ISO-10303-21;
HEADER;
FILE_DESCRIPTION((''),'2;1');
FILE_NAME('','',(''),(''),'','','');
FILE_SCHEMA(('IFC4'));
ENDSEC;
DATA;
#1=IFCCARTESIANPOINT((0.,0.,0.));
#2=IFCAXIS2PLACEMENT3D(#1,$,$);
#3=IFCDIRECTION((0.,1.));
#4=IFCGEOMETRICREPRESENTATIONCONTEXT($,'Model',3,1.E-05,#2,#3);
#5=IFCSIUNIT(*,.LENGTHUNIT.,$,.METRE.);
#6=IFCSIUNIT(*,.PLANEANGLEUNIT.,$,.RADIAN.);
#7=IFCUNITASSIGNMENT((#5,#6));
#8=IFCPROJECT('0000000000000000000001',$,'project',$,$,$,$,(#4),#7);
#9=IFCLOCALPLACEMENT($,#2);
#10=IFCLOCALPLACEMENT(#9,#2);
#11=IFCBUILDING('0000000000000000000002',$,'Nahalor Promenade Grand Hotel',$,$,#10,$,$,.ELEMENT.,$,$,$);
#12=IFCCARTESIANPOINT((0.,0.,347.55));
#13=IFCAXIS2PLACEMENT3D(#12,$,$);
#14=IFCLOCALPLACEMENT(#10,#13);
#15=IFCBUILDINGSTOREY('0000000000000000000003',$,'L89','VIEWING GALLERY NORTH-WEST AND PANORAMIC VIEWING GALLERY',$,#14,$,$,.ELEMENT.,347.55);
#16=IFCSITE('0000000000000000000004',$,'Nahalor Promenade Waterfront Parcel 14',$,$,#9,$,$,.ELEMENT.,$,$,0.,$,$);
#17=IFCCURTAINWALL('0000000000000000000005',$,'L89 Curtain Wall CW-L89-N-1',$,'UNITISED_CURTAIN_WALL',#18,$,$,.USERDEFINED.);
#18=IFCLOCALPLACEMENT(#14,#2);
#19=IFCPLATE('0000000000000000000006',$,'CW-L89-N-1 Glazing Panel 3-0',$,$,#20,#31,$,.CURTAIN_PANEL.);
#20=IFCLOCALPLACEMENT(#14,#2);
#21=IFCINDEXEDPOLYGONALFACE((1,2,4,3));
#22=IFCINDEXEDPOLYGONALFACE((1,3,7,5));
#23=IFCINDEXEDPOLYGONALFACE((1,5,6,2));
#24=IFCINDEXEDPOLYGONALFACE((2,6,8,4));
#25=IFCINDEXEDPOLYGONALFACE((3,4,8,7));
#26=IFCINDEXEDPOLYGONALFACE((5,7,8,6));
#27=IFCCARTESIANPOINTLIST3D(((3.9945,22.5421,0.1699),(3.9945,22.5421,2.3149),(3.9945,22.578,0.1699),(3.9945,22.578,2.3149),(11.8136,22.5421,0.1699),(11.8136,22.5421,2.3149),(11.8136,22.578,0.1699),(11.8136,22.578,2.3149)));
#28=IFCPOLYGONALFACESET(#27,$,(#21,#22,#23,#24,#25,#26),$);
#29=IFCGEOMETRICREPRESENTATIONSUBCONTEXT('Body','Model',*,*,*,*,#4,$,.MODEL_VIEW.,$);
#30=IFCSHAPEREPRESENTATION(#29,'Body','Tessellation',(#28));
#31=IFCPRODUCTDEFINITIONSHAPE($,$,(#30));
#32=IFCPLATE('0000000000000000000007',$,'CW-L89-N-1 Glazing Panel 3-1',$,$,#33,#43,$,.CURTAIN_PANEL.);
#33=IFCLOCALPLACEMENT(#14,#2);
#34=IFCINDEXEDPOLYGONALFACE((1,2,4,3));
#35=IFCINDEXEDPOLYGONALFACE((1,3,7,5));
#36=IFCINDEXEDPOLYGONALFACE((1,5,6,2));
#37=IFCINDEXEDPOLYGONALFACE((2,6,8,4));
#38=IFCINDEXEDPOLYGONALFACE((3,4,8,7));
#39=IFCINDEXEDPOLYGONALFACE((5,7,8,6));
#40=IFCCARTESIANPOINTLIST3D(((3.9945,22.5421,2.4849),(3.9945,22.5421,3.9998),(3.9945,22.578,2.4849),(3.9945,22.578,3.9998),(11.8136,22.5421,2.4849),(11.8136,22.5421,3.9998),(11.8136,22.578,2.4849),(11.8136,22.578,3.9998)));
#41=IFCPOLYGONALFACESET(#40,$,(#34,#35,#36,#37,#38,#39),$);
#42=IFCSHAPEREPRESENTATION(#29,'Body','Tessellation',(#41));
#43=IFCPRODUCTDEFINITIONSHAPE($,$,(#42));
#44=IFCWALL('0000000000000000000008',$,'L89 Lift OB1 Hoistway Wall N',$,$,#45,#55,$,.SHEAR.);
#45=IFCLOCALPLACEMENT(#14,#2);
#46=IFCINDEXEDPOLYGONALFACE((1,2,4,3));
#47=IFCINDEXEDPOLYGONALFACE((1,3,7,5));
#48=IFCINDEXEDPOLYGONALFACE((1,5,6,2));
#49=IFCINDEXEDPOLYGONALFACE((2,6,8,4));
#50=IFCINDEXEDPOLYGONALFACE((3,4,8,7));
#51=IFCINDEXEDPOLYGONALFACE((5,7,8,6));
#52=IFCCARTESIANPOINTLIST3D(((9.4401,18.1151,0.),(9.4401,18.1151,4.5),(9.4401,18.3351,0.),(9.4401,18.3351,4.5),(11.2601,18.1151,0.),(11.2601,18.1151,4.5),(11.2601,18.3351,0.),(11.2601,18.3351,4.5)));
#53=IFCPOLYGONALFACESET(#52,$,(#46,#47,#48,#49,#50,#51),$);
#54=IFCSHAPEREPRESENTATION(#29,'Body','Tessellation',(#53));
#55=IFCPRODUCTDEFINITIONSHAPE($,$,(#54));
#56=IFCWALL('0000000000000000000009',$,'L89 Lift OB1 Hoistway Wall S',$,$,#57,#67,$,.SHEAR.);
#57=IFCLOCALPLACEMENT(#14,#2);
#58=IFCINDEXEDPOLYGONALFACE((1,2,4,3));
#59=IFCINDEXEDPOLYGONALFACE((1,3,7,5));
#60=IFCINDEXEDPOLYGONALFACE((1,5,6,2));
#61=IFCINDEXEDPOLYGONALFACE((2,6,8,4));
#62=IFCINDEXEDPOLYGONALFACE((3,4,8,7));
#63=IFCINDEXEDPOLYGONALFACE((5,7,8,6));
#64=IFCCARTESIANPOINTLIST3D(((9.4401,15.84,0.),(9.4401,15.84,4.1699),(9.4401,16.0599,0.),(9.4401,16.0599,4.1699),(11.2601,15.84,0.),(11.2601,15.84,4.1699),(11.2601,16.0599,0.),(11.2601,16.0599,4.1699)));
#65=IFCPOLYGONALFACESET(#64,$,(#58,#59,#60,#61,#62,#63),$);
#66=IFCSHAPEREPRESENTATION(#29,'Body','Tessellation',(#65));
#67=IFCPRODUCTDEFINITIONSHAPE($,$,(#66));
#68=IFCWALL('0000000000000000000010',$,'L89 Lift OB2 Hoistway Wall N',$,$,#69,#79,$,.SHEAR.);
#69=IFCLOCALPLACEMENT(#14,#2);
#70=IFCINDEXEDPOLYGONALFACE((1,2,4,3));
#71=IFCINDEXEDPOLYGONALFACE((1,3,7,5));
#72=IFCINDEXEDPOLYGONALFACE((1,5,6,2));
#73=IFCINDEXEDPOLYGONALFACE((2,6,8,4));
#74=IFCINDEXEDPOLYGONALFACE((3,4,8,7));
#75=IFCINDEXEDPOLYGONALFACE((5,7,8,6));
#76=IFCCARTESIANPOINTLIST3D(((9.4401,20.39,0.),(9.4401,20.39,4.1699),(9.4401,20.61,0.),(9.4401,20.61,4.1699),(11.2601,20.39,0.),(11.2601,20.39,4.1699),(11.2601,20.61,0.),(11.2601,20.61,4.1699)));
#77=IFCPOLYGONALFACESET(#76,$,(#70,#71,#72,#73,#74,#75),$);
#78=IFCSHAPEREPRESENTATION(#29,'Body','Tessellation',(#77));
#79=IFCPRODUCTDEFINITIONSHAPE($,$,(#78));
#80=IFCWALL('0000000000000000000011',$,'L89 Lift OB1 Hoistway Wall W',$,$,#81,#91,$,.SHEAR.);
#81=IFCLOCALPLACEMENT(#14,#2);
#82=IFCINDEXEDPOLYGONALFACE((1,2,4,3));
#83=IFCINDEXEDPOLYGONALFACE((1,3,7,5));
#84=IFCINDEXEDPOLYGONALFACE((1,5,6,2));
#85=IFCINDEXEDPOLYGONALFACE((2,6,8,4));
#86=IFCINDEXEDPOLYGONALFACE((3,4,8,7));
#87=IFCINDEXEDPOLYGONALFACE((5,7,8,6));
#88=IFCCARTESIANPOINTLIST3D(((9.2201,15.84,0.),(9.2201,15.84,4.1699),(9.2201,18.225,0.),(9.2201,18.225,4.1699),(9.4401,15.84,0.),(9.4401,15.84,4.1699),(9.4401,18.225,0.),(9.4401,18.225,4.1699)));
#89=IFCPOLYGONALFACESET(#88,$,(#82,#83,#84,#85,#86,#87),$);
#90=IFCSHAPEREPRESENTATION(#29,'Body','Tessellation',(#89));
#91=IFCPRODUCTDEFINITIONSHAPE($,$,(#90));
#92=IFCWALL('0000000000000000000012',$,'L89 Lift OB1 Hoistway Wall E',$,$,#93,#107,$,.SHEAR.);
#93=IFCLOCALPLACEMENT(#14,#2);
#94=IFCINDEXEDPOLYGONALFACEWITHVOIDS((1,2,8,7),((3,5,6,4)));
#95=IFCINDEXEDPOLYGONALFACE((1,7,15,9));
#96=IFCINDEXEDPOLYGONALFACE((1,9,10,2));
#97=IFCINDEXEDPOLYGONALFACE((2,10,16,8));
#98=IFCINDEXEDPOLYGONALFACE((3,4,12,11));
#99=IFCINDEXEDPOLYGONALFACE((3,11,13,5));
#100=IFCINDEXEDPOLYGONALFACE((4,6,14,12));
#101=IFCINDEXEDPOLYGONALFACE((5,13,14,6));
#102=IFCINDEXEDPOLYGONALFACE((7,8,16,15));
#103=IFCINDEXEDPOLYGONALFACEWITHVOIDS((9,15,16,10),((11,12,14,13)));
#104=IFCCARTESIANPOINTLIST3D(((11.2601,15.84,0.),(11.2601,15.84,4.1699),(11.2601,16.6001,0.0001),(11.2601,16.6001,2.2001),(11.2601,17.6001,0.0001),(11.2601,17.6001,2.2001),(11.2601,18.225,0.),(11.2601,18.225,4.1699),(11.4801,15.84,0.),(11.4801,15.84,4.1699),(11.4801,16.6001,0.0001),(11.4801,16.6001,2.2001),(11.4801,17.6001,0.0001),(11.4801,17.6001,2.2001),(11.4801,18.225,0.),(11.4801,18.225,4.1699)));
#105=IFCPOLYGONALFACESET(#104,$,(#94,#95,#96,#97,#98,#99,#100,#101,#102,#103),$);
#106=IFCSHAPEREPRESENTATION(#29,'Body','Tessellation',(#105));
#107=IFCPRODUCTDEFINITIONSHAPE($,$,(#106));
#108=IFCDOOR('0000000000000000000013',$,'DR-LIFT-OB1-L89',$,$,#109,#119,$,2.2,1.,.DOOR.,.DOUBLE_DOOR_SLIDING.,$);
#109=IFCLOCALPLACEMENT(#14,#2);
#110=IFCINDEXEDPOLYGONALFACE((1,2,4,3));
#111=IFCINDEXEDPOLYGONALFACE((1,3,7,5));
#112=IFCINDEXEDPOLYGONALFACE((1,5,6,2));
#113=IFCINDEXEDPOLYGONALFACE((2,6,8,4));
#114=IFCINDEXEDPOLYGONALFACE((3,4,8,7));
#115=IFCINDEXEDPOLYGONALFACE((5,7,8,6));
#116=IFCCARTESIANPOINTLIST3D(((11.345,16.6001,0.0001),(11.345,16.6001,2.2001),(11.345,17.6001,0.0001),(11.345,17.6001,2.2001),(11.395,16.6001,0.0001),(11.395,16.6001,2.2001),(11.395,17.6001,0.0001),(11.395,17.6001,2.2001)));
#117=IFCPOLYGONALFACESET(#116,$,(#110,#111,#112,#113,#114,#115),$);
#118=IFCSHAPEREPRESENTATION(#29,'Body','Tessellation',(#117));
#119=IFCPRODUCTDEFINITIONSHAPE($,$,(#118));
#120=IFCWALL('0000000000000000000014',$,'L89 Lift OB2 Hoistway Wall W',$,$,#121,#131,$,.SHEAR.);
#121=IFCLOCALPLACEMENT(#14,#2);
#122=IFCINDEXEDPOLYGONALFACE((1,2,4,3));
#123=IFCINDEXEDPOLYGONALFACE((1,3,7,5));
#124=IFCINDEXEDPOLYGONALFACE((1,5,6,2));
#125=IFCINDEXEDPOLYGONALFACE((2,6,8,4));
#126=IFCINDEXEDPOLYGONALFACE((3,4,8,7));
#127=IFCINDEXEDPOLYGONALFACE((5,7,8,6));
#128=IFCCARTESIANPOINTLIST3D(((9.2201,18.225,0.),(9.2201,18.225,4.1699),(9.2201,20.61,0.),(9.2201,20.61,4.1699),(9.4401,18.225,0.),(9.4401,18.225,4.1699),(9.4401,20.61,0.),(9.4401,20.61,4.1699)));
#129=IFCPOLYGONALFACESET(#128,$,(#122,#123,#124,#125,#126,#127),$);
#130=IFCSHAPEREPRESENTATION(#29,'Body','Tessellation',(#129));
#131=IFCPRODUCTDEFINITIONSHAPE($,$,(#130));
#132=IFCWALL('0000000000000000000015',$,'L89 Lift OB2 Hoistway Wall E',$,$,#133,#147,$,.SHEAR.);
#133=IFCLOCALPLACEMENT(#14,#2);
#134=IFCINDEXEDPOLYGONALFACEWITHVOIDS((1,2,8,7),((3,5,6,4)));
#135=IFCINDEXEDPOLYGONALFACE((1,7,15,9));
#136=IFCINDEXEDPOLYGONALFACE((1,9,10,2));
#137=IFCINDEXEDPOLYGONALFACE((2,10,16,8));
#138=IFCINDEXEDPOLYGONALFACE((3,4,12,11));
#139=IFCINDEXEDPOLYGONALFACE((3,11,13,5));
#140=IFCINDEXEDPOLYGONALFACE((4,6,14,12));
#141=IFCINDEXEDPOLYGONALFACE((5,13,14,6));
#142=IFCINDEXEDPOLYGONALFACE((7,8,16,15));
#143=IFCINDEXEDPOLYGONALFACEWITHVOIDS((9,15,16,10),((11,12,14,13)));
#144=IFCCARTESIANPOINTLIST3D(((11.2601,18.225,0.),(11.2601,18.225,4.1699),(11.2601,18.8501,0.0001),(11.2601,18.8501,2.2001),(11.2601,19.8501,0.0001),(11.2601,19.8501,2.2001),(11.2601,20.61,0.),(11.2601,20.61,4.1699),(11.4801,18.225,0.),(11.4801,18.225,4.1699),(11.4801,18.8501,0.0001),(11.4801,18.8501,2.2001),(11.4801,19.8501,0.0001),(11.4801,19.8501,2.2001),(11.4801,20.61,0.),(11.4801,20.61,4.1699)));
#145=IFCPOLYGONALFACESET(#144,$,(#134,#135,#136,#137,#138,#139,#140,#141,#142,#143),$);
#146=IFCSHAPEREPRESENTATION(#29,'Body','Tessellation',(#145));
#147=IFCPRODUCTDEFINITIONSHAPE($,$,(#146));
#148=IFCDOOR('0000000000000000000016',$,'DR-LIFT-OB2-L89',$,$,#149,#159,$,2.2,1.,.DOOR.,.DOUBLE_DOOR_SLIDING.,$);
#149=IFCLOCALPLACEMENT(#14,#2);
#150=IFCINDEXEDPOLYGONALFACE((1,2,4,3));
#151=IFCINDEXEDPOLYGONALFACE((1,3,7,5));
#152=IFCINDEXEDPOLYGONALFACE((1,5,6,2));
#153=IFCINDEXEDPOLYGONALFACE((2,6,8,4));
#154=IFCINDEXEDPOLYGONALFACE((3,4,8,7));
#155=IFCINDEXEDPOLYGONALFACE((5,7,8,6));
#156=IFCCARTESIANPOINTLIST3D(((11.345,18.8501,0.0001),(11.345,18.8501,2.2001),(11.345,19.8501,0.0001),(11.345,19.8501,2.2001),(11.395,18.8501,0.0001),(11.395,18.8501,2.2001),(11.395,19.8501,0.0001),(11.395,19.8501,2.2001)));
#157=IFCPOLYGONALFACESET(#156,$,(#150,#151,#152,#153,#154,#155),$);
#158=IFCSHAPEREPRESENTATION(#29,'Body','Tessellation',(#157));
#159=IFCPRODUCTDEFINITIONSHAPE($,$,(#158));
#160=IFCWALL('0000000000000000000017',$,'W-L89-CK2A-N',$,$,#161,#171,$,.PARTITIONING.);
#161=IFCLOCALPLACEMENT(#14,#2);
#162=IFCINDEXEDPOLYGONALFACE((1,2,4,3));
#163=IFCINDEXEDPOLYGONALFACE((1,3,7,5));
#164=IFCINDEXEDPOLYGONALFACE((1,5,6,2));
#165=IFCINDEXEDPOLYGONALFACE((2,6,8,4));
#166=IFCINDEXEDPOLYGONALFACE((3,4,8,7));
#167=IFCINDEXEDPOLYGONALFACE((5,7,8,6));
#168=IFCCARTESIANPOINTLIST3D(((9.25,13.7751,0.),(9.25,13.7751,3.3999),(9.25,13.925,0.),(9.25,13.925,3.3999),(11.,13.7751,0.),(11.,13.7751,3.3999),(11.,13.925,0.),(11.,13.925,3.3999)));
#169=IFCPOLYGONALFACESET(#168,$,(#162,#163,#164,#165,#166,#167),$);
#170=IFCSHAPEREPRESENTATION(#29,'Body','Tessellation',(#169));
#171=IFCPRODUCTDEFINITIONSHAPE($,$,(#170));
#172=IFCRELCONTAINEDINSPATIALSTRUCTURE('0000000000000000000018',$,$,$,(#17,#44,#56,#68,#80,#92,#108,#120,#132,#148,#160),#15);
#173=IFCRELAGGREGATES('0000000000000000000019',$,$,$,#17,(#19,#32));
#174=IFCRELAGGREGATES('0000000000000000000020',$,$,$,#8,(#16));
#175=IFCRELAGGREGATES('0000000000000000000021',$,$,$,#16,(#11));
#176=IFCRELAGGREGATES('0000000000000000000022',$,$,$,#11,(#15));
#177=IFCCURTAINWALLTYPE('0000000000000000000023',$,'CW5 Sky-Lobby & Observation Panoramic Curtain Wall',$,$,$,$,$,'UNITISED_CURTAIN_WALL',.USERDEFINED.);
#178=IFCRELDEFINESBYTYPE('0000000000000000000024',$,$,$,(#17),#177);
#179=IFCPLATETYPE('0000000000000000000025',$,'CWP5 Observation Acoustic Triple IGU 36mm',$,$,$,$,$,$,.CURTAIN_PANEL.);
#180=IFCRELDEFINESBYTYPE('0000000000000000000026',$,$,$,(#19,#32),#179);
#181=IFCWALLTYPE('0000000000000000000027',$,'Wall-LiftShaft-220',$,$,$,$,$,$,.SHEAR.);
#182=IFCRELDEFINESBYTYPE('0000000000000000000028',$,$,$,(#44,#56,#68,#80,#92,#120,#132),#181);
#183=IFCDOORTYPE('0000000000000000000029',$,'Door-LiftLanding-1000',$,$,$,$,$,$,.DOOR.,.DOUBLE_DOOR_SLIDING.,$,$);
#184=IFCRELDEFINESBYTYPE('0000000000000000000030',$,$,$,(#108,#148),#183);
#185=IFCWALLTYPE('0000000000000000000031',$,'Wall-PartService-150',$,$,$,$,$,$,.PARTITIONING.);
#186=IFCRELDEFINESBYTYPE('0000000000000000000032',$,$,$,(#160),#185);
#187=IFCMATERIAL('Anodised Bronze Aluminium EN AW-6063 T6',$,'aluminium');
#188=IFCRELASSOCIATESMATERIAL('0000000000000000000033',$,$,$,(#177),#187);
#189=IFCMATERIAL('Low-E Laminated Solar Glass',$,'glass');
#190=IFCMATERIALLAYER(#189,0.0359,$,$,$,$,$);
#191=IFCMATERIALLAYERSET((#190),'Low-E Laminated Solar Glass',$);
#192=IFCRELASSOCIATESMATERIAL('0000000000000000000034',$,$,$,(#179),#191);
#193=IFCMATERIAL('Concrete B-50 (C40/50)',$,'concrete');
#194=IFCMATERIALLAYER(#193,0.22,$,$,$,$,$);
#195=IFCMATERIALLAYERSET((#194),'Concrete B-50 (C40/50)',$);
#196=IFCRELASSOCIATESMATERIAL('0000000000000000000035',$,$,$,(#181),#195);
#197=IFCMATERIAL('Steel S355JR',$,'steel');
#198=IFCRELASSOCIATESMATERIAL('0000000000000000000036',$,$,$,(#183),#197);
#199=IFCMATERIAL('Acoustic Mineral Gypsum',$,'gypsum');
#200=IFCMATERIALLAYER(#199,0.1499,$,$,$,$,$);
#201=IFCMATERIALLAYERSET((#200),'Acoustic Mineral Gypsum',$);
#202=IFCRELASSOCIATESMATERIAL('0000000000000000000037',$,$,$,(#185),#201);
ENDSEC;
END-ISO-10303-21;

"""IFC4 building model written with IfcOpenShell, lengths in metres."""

from ifc_helpers import new_model, si_unit, direction, frame, frame_2d, origin, origin_2d, place, context, subcontext, project, spatial, rectangle, extrude, source, transform, mapped, material, layer, layer_set, type_object, element, fill, aggregate, save


model = new_model("IFC4")

# Units and contexts
model_context = context("Model", 3, precision=1e-05, world=origin(), true_north=direction((0.0, 1.0)))
body_context = subcontext(model_context, "Body", "Model", "MODEL_VIEW")
ifc_project = project(units=[si_unit("LENGTHUNIT", "METRE"), si_unit("PLANEANGLEUNIT", "RADIAN")], contexts=[model_context])

# Site, building, storey
site_placement = place(None, origin())
site = spatial("IfcSite", under=ifc_project, at=site_placement, Name="Nahalor Promenade Waterfront Parcel 14", CompositionType="ELEMENT", RefElevation=0.0)
building_placement = place(site_placement, origin())
building = spatial("IfcBuilding", under=site, at=building_placement, Name="Nahalor Promenade Grand Hotel", CompositionType="ELEMENT")
storey_placement = place(building_placement, frame((0.0, 0.0, 347.55)))
storey = spatial("IfcBuildingStorey", under=building, at=storey_placement, Name="L89", Description="VIEWING GALLERY NORTH-WEST AND PANORAMIC VIEWING GALLERY", CompositionType="ELEMENT", Elevation=347.55)

# Shared definitions
ifc_material_1 = material(Name="Concrete B-50 (C40/50)", Category="concrete")
ifc_material_2 = material(Name="Steel S355JR", Category="steel")

# Curtain wall, plates
ifc_material_3 = material(Name="Anodised Bronze Aluminium EN AW-6063 T6", Category="aluminium")
curtain_wall_type = type_object("IfcCurtainWallType", Name="CW5 Sky-Lobby & Observation Panoramic Curtain Wall", ElementType="UNITISED_CURTAIN_WALL", PredefinedType="USERDEFINED", material=ifc_material_3)
curtain_wall_placement = place(storey_placement, origin())
curtain_wall = element("IfcCurtainWall", 1, at=curtain_wall_placement, inside=storey, type_object=curtain_wall_type, Name="L89 Curtain Wall CW-L89-N-1", ObjectType="UNITISED_CURTAIN_WALL", PredefinedType="USERDEFINED")
ifc_material_4 = material(Name="Low-E Laminated Solar Glass", Category="glass")
ifc_layer_1 = layer(ifc_material_4, 0.0359)
ifc_layer_set_1 = layer_set([ifc_layer_1], Name="Low-E Laminated Solar Glass")
plate_type = type_object("IfcPlateType", Name="CWP5 Observation Acoustic Triple IGU 36mm", PredefinedType="CURTAIN_PANEL", material=ifc_layer_set_1)
shared_shape_1 = source(origin(), body_context, "Body", "SweptSolid", [
    extrude(rectangle(XDim=7.8191, YDim=0.0359, at=origin_2d()), origin(), (0.0, 0.0, 1.0), 2.145),
])
plate_1_placement = place(storey_placement, frame((7.9041, 22.5601, 0.1699), z_axis=(0.0, 0.0, 1.0), x_axis=(1.0, 0.0, 0.0)))
plate_1 = element("IfcPlate", 2, at=plate_1_placement, type_object=plate_type, Name="CW-L89-N-1 Glazing Panel 3-0", PredefinedType="CURTAIN_PANEL", context=body_context, shape_type="MappedRepresentation", body=[
    mapped(shared_shape_1, transform((0.0, 0.0, 0.0), scale=1.0)),
])
shared_shape_2 = source(origin(), body_context, "Body", "SweptSolid", [
    extrude(rectangle(XDim=7.8191, YDim=0.0359, at=origin_2d()), origin(), (0.0, 0.0, 1.0), 1.5149),
])
plate_2_placement = place(storey_placement, frame((7.9041, 22.5601, 2.4849), z_axis=(0.0, 0.0, 1.0), x_axis=(1.0, 0.0, 0.0)))
plate_2 = element("IfcPlate", 3, at=plate_2_placement, type_object=plate_type, Name="CW-L89-N-1 Glazing Panel 3-1", PredefinedType="CURTAIN_PANEL", context=body_context, shape_type="MappedRepresentation", body=[
    mapped(shared_shape_2, transform((0.0, 0.0, 0.0), scale=1.0)),
])
aggregate(curtain_wall, [plate_1, plate_2])

# Walls
ifc_layer_2 = layer(ifc_material_1, 0.22)
ifc_layer_set_2 = layer_set([ifc_layer_2], Name="Concrete B-50 (C40/50)")
wall_type_1 = type_object("IfcWallType", Name="Wall-LiftShaft-220", PredefinedType="SHEAR", material=ifc_layer_set_2)
shared_shape_3 = source(origin(), body_context, "Body", "SweptSolid", [
    extrude(rectangle(XDim=1.8201, YDim=0.22, at=frame_2d((0.9102, 0.0))), origin(), (0.0, 0.0, 1.0), 4.5),
])
wall_1_placement = place(storey_placement, frame((9.4399, 18.2251, 0.0), z_axis=(0.0, 0.0, 1.0), x_axis=(1.0, 0.0, 0.0)))
element("IfcWall", 4, at=wall_1_placement, inside=storey, type_object=wall_type_1, Name="L89 Lift OB1 Hoistway Wall N", PredefinedType="SHEAR", context=body_context, shape_type="MappedRepresentation", body=[
    mapped(shared_shape_3, transform((0.0, 0.0, 0.0), scale=1.0)),
])
shared_shape_4 = source(origin(), body_context, "Body", "SweptSolid", [
    extrude(rectangle(XDim=1.8201, YDim=0.22, at=frame_2d((0.9102, 0.0))), origin(), (0.0, 0.0, 1.0), 4.1699),
])
for number, where, z_axis, x_axis, name in (
    (5, (9.4399, 15.95, 0.0), (0.0, 0.0, 1.0), (1.0, 0.0, 0.0), "L89 Lift OB1 Hoistway Wall S"),
    (6, (9.4399, 20.5, 0.0), (0.0, 0.0, 1.0), (1.0, 0.0, 0.0), "L89 Lift OB2 Hoistway Wall N"),
):
    element("IfcWall", number, at=place(storey_placement, frame(where, z_axis=z_axis, x_axis=x_axis)), inside=storey, type_object=wall_type_1, Name=name, PredefinedType="SHEAR", context=body_context, shape_type="MappedRepresentation", body=[
        mapped(shared_shape_4, transform((0.0, 0.0, 0.0), scale=1.0)),
    ])
shared_shape_5 = source(origin(), body_context, "Body", "SweptSolid", [
    extrude(rectangle(XDim=2.385, YDim=0.22, at=frame_2d((1.1924, 0.0))), origin(), (0.0, 0.0, 1.0), 4.1699),
])
wall_2_placement = place(storey_placement, frame((9.3301, 15.8401, 0.0), z_axis=(0.0, 0.0, 1.0), x_axis=(0.0, 1.0, 0.0)))
element("IfcWall", 7, at=wall_2_placement, inside=storey, type_object=wall_type_1, Name="L89 Lift OB1 Hoistway Wall W", PredefinedType="SHEAR", context=body_context, shape_type="MappedRepresentation", body=[
    mapped(shared_shape_5, transform((0.0, 0.0, 0.0), scale=1.0)),
])

# Wall, opening, door
wall_3_placement = place(storey_placement, frame((11.3701, 15.8401, 0.0), z_axis=(0.0, 0.0, 1.0), x_axis=(0.0, 1.0, 0.0)))
wall_3 = element("IfcWall", 8, at=wall_3_placement, inside=storey, type_object=wall_type_1, Name="L89 Lift OB1 Hoistway Wall E", PredefinedType="SHEAR", context=body_context, shape_type="MappedRepresentation", body=[
    mapped(shared_shape_5, transform((0.0, 0.0, 0.0), scale=1.0)),
])
opening_1_placement = place(wall_3_placement, frame((0.76, 0.0, 0.0)))
opening_1 = element("IfcOpeningElement", 9, at=opening_1_placement, cuts=wall_3, PredefinedType="OPENING", context=body_context, shape_type="SweptSolid", body=[
    extrude(rectangle(XDim=1.0, YDim=2.2, at=frame_2d((0.5, 1.1001))), frame((0.0, 0.1199, 0.0), z_axis=(0.0, -1.0, 0.0), x_axis=(1.0, 0.0, 0.0)), (0.0, 0.0, 1.0), 0.24),
])
door_type_1 = type_object("IfcDoorType", Name="Door-LiftLanding-1000", OperationType="DOUBLE_DOOR_SLIDING", PredefinedType="DOOR", material=ifc_material_2)
shared_shape_6 = source(origin(), body_context, "Body", "SweptSolid", [
    extrude(rectangle(XDim=1.0, YDim=2.2, at=frame_2d((0.5, 1.1001))), frame((0.0, 0.0249, 0.0), z_axis=(0.0, -1.0, 0.0), x_axis=(1.0, 0.0, 0.0)), (0.0, 0.0, 1.0), 0.05),
])
door_1_placement = place(opening_1_placement, frame((1.0, 0.0, 0.0), z_axis=(0.0, 0.0, 1.0), x_axis=(-1.0, 0.0, 0.0)))
door_1 = element("IfcDoor", 10, at=door_1_placement, inside=storey, type_object=door_type_1, Name="DR-LIFT-OB1-L89", OperationType="DOUBLE_DOOR_SLIDING", OverallHeight=2.2, OverallWidth=1.0, PredefinedType="DOOR", context=body_context, shape_type="MappedRepresentation", body=[
    mapped(shared_shape_6, transform((0.0, 0.0, 0.0), scale=1.0)),
])
fill(opening_1, door_1)

# Wall
wall_4_placement = place(storey_placement, frame((9.3301, 18.2251, 0.0), z_axis=(0.0, 0.0, 1.0), x_axis=(0.0, 1.0, 0.0)))
element("IfcWall", 11, at=wall_4_placement, inside=storey, type_object=wall_type_1, Name="L89 Lift OB2 Hoistway Wall W", PredefinedType="SHEAR", context=body_context, shape_type="MappedRepresentation", body=[
    mapped(shared_shape_5, transform((0.0, 0.0, 0.0), scale=1.0)),
])

# Wall, opening, door
wall_5_placement = place(storey_placement, frame((11.3701, 18.2251, 0.0), z_axis=(0.0, 0.0, 1.0), x_axis=(0.0, 1.0, 0.0)))
wall_5 = element("IfcWall", 12, at=wall_5_placement, inside=storey, type_object=wall_type_1, Name="L89 Lift OB2 Hoistway Wall E", PredefinedType="SHEAR", context=body_context, shape_type="MappedRepresentation", body=[
    mapped(shared_shape_5, transform((0.0, 0.0, 0.0), scale=1.0)),
])
opening_2_placement = place(wall_5_placement, frame((0.625, 0.0, 0.0)))
opening_2 = element("IfcOpeningElement", 13, at=opening_2_placement, cuts=wall_5, PredefinedType="OPENING", context=body_context, shape_type="SweptSolid", body=[
    extrude(rectangle(XDim=1.0, YDim=2.2, at=frame_2d((0.5, 1.1001))), frame((0.0, 0.1199, 0.0), z_axis=(0.0, -1.0, 0.0), x_axis=(1.0, 0.0, 0.0)), (0.0, 0.0, 1.0), 0.24),
])
door_2_placement = place(opening_2_placement, frame((1.0, 0.0, 0.0), z_axis=(0.0, 0.0, 1.0), x_axis=(-1.0, 0.0, 0.0)))
door_2 = element("IfcDoor", 14, at=door_2_placement, inside=storey, type_object=door_type_1, Name="DR-LIFT-OB2-L89", OperationType="DOUBLE_DOOR_SLIDING", OverallHeight=2.2, OverallWidth=1.0, PredefinedType="DOOR", context=body_context, shape_type="MappedRepresentation", body=[
    mapped(shared_shape_6, transform((0.0, 0.0, 0.0), scale=1.0)),
])
fill(opening_2, door_2)

# Wall
ifc_material_5 = material(Name="Acoustic Mineral Gypsum", Category="gypsum")
ifc_layer_3 = layer(ifc_material_5, 0.1499)
ifc_layer_set_3 = layer_set([ifc_layer_3], Name="Acoustic Mineral Gypsum")
wall_type_2 = type_object("IfcWallType", Name="Wall-PartService-150", PredefinedType="PARTITIONING", material=ifc_layer_set_3)
shared_shape_7 = source(origin(), body_context, "Body", "SweptSolid", [
    extrude(rectangle(XDim=1.75, YDim=0.1499, at=frame_2d((0.875, 0.0))), origin(), (0.0, 0.0, 1.0), 3.3999),
])
wall_6_placement = place(storey_placement, frame((9.25, 13.8501, 0.0), z_axis=(0.0, 0.0, 1.0), x_axis=(1.0, 0.0, 0.0)))
element("IfcWall", 15, at=wall_6_placement, inside=storey, type_object=wall_type_2, Name="W-L89-CK2A-N", PredefinedType="PARTITIONING", context=body_context, shape_type="MappedRepresentation", body=[
    mapped(shared_shape_7, transform((0.0, 0.0, 0.0), scale=1.0)),
])

save(model, "model.ifc")
